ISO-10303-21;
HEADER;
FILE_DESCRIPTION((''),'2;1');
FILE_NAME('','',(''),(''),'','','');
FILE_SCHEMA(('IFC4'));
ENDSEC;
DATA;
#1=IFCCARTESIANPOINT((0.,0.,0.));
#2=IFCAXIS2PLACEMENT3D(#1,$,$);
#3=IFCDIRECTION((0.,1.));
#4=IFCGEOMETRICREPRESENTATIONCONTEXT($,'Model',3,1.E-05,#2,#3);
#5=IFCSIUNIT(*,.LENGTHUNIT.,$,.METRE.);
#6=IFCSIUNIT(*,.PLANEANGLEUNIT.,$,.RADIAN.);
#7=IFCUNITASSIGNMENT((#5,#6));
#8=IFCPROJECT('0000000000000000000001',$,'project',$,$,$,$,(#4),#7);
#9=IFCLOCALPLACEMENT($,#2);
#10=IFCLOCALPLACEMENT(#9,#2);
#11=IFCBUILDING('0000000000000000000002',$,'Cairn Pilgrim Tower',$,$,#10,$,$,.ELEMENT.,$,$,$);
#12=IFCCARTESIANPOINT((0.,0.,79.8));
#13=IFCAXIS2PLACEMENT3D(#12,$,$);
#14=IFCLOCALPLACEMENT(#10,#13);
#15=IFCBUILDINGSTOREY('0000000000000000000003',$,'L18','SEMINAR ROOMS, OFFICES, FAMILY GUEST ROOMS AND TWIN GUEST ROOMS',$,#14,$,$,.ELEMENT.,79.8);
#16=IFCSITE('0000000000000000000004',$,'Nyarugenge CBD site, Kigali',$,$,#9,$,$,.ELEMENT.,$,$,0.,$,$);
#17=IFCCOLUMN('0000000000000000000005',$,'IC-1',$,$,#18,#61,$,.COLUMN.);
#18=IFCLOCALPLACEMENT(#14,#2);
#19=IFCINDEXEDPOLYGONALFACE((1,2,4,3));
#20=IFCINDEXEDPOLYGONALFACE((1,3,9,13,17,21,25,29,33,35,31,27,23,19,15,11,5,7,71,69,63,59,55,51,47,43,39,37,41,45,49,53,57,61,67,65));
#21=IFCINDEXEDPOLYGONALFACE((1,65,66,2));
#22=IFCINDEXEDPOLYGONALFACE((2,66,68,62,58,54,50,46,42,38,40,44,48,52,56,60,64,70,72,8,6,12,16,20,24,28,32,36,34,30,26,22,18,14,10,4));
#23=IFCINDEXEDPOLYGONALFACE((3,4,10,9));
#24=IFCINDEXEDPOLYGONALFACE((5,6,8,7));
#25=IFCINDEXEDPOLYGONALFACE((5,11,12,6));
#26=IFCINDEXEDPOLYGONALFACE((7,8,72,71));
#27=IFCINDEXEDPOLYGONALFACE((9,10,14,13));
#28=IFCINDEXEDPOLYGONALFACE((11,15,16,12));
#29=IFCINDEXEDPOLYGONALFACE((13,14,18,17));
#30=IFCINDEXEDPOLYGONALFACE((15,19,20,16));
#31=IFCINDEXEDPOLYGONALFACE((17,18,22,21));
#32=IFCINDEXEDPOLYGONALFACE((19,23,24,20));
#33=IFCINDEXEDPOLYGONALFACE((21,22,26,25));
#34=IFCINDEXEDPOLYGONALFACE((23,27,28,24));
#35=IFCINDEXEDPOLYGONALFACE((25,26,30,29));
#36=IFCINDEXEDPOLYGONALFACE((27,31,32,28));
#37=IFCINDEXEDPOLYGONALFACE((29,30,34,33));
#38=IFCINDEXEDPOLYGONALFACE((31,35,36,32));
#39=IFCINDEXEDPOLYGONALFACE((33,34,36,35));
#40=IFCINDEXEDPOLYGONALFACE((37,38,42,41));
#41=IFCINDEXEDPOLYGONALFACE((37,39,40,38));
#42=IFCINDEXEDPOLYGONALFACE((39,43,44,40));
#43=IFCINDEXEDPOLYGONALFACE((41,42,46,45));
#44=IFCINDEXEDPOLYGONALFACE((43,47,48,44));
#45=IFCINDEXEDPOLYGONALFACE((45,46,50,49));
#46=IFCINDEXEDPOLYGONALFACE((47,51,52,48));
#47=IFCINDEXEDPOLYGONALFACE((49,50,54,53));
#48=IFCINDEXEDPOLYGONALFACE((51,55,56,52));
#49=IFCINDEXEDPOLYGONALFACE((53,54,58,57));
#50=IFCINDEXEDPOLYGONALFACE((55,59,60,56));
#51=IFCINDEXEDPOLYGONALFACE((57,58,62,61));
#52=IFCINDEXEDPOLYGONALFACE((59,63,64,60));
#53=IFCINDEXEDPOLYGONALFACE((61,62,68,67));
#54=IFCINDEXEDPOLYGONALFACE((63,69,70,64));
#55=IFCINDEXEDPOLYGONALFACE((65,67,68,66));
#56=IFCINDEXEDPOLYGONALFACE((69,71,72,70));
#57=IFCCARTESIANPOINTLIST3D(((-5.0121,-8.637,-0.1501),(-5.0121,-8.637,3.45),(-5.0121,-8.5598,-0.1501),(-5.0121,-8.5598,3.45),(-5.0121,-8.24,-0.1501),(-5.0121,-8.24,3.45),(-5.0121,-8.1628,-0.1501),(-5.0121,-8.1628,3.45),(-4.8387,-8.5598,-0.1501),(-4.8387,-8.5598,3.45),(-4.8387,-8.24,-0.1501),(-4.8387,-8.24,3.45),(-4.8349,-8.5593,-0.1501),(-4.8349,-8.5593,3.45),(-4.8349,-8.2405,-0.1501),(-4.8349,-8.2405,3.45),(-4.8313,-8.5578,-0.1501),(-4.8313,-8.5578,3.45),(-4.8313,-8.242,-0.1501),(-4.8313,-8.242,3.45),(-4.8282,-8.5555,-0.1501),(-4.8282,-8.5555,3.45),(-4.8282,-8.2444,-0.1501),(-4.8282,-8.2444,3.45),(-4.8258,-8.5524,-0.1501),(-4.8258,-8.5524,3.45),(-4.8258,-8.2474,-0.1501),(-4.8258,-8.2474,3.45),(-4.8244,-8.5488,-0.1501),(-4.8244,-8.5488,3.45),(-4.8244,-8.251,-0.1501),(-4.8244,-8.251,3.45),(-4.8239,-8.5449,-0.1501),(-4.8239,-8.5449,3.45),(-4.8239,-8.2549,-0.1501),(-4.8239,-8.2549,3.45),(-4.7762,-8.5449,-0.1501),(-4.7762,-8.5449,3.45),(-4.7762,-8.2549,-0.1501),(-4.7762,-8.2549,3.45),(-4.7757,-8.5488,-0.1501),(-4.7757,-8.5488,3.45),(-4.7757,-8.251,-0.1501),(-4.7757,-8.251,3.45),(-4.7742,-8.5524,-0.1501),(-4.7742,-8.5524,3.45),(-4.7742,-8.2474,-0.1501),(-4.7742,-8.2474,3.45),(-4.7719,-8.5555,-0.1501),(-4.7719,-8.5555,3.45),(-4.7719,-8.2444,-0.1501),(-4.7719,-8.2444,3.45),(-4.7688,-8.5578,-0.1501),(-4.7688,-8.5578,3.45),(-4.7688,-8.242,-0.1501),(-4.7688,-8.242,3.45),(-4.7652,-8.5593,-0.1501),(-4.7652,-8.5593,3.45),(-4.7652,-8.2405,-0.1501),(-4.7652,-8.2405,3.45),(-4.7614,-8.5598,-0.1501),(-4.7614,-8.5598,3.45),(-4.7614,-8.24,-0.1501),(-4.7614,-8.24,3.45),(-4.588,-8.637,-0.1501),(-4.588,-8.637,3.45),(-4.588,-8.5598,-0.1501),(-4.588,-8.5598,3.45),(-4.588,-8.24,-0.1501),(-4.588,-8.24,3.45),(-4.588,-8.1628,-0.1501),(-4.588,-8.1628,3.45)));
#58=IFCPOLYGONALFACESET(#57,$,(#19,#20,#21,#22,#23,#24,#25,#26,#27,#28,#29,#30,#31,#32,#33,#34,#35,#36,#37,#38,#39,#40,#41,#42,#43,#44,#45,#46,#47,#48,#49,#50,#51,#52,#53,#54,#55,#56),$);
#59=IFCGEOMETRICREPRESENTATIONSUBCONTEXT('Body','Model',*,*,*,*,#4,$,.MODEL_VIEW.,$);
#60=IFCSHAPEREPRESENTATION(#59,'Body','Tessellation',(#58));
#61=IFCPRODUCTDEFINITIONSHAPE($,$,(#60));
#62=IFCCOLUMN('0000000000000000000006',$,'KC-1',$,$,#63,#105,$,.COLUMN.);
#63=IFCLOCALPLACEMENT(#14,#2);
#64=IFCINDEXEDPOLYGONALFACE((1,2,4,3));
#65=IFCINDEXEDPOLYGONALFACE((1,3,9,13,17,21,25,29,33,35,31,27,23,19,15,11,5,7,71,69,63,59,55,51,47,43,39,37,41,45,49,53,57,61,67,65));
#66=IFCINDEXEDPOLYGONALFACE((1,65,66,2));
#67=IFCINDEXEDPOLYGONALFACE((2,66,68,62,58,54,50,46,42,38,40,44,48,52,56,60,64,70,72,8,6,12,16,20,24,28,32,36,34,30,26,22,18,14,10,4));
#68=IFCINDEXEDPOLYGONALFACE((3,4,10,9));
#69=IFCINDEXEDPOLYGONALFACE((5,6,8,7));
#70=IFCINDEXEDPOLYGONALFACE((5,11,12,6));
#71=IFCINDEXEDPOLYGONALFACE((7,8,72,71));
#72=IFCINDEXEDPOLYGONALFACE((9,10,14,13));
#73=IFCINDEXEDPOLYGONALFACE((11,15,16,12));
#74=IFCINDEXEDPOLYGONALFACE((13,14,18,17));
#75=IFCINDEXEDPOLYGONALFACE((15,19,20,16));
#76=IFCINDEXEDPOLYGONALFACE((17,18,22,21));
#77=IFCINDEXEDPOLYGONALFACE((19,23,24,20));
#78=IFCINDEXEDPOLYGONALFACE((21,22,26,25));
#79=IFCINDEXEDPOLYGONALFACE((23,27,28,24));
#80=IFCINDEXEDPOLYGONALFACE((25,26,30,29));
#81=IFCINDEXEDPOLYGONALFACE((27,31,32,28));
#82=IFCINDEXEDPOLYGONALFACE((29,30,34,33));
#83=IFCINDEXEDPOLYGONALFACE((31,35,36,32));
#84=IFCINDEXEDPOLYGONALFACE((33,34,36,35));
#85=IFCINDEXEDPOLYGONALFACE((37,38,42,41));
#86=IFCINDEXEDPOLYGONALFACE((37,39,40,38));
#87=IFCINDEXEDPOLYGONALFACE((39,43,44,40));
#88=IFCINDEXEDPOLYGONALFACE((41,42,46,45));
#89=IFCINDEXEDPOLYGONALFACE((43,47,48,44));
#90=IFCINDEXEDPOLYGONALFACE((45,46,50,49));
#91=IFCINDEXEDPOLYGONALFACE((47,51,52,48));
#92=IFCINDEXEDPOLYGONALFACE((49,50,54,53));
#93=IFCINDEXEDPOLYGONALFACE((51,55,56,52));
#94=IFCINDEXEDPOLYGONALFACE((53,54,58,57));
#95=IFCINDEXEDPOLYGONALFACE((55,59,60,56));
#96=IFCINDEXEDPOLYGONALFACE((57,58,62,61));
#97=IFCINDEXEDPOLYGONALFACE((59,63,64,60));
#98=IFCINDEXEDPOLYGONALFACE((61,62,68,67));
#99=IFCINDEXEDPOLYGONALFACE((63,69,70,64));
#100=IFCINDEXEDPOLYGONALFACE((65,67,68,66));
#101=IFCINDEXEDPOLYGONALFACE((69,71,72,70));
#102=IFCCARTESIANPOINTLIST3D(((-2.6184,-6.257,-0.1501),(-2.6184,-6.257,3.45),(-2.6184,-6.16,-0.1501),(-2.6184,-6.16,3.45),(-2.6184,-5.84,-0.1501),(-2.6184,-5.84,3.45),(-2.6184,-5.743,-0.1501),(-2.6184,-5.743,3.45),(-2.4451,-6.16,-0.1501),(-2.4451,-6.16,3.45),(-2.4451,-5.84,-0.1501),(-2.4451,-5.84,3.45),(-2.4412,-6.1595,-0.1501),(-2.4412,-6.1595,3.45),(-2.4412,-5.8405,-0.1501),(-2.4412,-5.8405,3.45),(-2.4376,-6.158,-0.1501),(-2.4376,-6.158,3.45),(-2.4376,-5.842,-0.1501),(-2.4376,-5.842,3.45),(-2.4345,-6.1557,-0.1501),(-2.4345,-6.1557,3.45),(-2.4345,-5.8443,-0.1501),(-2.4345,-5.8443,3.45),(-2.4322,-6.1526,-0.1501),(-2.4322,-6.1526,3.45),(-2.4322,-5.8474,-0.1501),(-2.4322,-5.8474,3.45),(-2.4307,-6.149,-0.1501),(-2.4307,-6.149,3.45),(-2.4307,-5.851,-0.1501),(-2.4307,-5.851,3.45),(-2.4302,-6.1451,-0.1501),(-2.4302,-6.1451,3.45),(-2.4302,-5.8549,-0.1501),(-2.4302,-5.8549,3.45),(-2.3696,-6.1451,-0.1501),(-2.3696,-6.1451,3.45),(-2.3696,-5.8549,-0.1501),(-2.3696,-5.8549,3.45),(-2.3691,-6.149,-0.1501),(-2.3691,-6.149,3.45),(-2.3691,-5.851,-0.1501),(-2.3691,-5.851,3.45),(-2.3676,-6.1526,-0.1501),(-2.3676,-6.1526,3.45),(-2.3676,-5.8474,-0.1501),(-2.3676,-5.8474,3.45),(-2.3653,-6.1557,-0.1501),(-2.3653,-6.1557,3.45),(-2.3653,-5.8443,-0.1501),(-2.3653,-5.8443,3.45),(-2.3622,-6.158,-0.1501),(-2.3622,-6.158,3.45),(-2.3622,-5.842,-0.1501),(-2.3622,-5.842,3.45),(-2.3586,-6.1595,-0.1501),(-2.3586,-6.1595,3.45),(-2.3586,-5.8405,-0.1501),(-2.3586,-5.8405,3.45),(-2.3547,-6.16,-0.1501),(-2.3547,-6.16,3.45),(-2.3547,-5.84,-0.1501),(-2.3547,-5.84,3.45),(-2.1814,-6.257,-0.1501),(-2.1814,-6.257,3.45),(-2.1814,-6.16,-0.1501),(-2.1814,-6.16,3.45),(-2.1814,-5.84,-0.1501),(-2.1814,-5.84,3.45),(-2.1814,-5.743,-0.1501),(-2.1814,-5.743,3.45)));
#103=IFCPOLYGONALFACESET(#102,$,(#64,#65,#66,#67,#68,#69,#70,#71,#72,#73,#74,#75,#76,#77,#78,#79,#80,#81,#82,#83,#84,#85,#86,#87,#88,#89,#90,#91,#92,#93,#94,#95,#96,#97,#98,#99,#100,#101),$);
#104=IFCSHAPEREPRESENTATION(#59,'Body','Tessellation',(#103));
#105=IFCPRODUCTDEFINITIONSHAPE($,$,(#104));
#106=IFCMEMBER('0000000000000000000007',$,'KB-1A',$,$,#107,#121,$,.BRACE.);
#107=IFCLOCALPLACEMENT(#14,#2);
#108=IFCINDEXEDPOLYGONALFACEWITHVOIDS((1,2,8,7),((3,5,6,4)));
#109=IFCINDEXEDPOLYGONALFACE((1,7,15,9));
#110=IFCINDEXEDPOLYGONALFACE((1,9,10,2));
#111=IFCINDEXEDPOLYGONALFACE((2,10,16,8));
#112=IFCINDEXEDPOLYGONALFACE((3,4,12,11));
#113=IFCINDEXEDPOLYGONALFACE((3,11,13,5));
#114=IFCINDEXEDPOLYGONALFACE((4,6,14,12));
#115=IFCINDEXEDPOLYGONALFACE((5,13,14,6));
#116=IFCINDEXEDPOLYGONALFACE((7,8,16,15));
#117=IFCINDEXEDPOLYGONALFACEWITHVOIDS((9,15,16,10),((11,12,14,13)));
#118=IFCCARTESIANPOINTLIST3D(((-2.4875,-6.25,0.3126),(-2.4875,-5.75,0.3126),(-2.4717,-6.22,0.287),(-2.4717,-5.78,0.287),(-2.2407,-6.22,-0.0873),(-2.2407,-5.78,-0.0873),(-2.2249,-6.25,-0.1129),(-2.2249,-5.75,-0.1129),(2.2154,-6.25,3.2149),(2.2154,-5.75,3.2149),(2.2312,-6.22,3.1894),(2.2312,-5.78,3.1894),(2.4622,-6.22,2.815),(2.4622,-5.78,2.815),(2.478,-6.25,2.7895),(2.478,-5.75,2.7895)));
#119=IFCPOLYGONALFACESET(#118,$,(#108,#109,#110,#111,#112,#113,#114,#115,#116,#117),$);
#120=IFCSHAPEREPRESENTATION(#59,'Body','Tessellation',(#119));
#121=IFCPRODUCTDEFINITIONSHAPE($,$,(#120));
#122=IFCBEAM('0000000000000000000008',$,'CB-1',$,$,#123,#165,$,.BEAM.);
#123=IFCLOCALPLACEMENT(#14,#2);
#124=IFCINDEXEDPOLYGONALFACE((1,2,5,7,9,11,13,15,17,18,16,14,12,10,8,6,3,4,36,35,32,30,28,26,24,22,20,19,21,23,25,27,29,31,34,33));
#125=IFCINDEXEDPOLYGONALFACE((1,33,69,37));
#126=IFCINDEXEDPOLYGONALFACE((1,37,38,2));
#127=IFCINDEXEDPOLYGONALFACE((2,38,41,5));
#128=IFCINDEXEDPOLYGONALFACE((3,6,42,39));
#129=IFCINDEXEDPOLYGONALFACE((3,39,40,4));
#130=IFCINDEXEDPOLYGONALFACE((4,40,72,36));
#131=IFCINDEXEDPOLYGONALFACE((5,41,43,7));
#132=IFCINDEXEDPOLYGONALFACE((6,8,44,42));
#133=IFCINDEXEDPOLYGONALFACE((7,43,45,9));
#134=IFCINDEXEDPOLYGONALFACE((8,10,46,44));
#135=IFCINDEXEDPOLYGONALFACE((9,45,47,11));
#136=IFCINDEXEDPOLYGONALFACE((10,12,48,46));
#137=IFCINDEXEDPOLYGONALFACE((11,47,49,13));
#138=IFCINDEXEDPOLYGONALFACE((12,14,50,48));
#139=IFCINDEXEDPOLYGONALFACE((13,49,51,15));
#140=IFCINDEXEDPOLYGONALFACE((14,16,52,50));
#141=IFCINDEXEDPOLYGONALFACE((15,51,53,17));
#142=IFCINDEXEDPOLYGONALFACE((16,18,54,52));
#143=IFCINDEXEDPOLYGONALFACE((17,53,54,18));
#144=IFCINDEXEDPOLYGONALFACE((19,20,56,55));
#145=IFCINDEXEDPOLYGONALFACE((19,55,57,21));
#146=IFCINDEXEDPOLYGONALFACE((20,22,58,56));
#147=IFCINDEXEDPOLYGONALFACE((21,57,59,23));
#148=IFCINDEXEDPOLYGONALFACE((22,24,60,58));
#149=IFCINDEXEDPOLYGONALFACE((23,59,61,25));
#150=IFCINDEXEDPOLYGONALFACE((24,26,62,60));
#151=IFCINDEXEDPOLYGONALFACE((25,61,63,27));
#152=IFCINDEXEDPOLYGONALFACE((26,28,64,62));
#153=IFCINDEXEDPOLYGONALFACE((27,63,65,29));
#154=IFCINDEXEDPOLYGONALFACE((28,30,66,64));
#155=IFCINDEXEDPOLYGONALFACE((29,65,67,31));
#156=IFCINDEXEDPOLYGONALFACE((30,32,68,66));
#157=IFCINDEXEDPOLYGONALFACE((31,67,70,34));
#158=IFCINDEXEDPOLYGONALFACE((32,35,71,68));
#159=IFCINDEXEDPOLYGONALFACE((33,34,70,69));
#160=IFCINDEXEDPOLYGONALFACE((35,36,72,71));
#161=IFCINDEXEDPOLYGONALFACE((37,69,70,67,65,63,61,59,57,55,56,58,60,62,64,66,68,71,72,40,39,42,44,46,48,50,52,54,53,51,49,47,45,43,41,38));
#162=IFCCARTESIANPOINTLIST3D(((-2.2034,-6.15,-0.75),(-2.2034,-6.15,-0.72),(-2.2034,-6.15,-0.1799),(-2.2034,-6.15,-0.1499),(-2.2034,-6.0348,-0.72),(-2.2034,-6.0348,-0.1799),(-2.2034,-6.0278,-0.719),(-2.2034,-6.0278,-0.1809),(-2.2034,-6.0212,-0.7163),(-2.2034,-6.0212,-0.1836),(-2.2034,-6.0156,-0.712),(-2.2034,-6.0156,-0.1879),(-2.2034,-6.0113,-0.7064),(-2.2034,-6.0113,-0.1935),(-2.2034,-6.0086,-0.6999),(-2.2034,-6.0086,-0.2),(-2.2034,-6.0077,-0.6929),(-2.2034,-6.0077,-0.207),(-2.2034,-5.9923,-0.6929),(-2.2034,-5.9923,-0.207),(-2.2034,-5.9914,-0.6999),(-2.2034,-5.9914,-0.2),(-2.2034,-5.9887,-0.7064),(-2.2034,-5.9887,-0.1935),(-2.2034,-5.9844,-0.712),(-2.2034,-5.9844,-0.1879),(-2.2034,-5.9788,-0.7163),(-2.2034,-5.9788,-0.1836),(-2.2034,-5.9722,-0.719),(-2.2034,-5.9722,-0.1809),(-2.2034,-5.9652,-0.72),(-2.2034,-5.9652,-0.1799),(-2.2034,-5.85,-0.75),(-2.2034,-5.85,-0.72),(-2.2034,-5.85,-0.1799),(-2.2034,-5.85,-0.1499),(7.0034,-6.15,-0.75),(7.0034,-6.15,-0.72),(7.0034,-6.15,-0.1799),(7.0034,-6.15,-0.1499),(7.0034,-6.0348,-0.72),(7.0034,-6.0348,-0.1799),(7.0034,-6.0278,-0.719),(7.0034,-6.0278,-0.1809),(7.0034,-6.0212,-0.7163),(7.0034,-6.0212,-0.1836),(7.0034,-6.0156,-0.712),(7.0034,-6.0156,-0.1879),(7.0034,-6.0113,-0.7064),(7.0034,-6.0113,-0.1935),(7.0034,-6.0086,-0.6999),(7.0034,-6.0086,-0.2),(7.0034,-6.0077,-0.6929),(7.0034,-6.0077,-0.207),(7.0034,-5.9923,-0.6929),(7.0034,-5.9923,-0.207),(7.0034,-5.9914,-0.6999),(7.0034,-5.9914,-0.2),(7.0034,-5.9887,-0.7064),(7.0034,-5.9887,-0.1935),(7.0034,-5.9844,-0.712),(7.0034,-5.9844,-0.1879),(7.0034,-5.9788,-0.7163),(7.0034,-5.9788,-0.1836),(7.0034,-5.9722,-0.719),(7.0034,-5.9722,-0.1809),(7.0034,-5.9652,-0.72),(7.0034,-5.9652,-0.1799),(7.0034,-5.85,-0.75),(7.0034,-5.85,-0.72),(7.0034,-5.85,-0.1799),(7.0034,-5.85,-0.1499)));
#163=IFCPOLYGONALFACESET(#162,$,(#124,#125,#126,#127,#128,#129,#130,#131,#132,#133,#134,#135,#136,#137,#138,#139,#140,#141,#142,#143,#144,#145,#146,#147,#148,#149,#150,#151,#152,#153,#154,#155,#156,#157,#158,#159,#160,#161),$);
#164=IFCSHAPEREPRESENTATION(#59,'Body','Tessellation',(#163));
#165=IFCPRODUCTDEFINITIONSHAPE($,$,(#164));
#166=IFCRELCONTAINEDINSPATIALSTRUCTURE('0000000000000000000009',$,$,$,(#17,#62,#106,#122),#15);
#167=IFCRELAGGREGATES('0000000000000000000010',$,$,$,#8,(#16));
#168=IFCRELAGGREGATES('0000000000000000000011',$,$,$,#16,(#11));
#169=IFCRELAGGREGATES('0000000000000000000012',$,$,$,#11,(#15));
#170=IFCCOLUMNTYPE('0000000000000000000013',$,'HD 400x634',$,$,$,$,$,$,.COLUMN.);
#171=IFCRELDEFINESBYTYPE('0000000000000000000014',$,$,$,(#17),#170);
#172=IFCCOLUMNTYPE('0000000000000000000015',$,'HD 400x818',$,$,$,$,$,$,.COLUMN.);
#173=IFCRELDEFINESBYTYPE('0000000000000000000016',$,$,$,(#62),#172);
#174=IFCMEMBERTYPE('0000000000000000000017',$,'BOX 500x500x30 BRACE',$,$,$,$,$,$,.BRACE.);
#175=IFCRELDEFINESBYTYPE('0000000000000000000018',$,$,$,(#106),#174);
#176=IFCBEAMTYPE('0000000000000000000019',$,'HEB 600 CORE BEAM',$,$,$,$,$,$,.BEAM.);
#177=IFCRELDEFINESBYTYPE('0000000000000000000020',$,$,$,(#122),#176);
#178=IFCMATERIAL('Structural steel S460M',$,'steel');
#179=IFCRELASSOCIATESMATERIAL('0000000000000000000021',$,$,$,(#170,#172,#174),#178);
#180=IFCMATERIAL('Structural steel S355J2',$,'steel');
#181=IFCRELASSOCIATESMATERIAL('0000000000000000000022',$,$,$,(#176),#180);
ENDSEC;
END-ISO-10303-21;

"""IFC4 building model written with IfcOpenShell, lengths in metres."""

from ifc_helpers import new_model, si_unit, direction, frame, origin, origin_2d, place, context, subcontext, project, spatial, hollow_rectangle, i_section, extrude, material, material_profile, profile_set, type_object, element, save


model = new_model("IFC4")

# Units and contexts
model_context = context("Model", 3, precision=1e-05, world=origin(), true_north=direction((0.0, 1.0)))
body_context = subcontext(model_context, "Body", "Model", "MODEL_VIEW")
ifc_project = project(units=[si_unit("LENGTHUNIT", "METRE"), si_unit("PLANEANGLEUNIT", "RADIAN")], contexts=[model_context])

# Site, building, storey
site_placement = place(None, origin())
site = spatial("IfcSite", under=ifc_project, at=site_placement, Name="Nyarugenge CBD site, Kigali", CompositionType="ELEMENT", RefElevation=0.0)
building_placement = place(site_placement, origin())
building = spatial("IfcBuilding", under=site, at=building_placement, Name="Cairn Pilgrim Tower", CompositionType="ELEMENT")
storey_placement = place(building_placement, frame((0.0, 0.0, 79.8)))
storey = spatial("IfcBuildingStorey", under=building, at=storey_placement, Name="L18", Description="SEMINAR ROOMS, OFFICES, FAMILY GUEST ROOMS AND TWIN GUEST ROOMS", CompositionType="ELEMENT", Elevation=79.8)

# Columns
ifc_material_1 = material(Name="Structural steel S460M", Category="steel")
ifc_material_profile_1 = material_profile(ifc_material_1, i_section(OverallWidth=0.4241, OverallDepth=0.4741, WebThickness=0.0476, FlangeThickness=0.0771, FilletRadius=0.0149, at=origin_2d()), Name="HD 400x634")
ifc_profile_set_1 = profile_set([ifc_material_profile_1], Name="Structural steel S460M")
column_type_1 = type_object("IfcColumnType", Name="HD 400x634", PredefinedType="COLUMN", material=ifc_profile_set_1)
column_1_placement = place(storey_placement, frame((-4.8, -8.3999, -0.1501), z_axis=(0.0, 0.0, 1.0), x_axis=(1.0, 0.0, 0.0)))
element("IfcColumn", 1, at=column_1_placement, inside=storey, type_object=column_type_1, Name="IC-1", PredefinedType="COLUMN", context=body_context, shape_type="SweptSolid", body=[
    extrude(i_section(OverallWidth=0.4241, OverallDepth=0.4741, WebThickness=0.0476, FlangeThickness=0.0771, FilletRadius=0.0149, at=origin_2d()), origin(), (0.0, 0.0, 1.0), 3.6001),
])
ifc_material_profile_2 = material_profile(ifc_material_1, i_section(OverallWidth=0.437, OverallDepth=0.5139, WebThickness=0.0605, FlangeThickness=0.0969, FilletRadius=0.0149, at=origin_2d()), Name="HD 400x818")
ifc_profile_set_2 = profile_set([ifc_material_profile_2], Name="Structural steel S460M")
column_type_2 = type_object("IfcColumnType", Name="HD 400x818", PredefinedType="COLUMN", material=ifc_profile_set_2)
column_2_placement = place(storey_placement, frame((-2.3999, -6.0, -0.1501), z_axis=(0.0, 0.0, 1.0), x_axis=(1.0, 0.0, 0.0)))
element("IfcColumn", 2, at=column_2_placement, inside=storey, type_object=column_type_2, Name="KC-1", PredefinedType="COLUMN", context=body_context, shape_type="SweptSolid", body=[
    extrude(i_section(OverallWidth=0.437, OverallDepth=0.5139, WebThickness=0.0605, FlangeThickness=0.0969, FilletRadius=0.0149, at=origin_2d()), origin(), (0.0, 0.0, 1.0), 3.6001),
])

# Member
ifc_material_profile_3 = material_profile(ifc_material_1, hollow_rectangle(XDim=0.5, YDim=0.5, WallThickness=0.03, at=origin_2d()), Name="BOX 500x500x30")
ifc_profile_set_3 = profile_set([ifc_material_profile_3], Name="Structural steel S460M")
member_type = type_object("IfcMemberType", Name="BOX 500x500x30 BRACE", PredefinedType="BRACE", material=ifc_profile_set_3)
member_placement = place(storey_placement, frame((-2.3562, -6.0, 0.0999), z_axis=(0.85099, 0.0, 0.525182), x_axis=(0.0, 1.0, 0.0)))
element("IfcMember", 3, at=member_placement, inside=storey, type_object=member_type, Name="KB-1A", PredefinedType="BRACE", context=body_context, shape_type="SweptSolid", body=[
    extrude(hollow_rectangle(XDim=0.5, YDim=0.5, WallThickness=0.03, at=origin_2d()), origin(), (0.0, 0.0, 1.0), 5.5264),
])

# Beam
ifc_material_2 = material(Name="Structural steel S355J2", Category="steel")
ifc_material_profile_4 = material_profile(ifc_material_2, i_section(OverallWidth=0.3, OverallDepth=0.6001, WebThickness=0.0154, FlangeThickness=0.03, FilletRadius=0.0271, at=origin_2d()), Name="HEB 600")
ifc_profile_set_4 = profile_set([ifc_material_profile_4], Name="Structural steel S355J2")
beam_type_1 = type_object("IfcBeamType", Name="HEB 600 CORE BEAM", PredefinedType="BEAM", material=ifc_profile_set_4)
beam_1_placement = place(storey_placement, frame((-2.2034, -6.0, -0.45), z_axis=(1.0, 0.0, 0.0), x_axis=(0.0, 1.0, 0.0)))
element("IfcBeam", 4, at=beam_1_placement, inside=storey, type_object=beam_type_1, Name="CB-1", PredefinedType="BEAM", context=body_context, shape_type="SweptSolid", body=[
    extrude(i_section(OverallWidth=0.3, OverallDepth=0.6001, WebThickness=0.0154, FlangeThickness=0.03, FilletRadius=0.0271, at=origin_2d()), origin(), (0.0, 0.0, 1.0), 9.2068),
])

save(model, "model.ifc")
